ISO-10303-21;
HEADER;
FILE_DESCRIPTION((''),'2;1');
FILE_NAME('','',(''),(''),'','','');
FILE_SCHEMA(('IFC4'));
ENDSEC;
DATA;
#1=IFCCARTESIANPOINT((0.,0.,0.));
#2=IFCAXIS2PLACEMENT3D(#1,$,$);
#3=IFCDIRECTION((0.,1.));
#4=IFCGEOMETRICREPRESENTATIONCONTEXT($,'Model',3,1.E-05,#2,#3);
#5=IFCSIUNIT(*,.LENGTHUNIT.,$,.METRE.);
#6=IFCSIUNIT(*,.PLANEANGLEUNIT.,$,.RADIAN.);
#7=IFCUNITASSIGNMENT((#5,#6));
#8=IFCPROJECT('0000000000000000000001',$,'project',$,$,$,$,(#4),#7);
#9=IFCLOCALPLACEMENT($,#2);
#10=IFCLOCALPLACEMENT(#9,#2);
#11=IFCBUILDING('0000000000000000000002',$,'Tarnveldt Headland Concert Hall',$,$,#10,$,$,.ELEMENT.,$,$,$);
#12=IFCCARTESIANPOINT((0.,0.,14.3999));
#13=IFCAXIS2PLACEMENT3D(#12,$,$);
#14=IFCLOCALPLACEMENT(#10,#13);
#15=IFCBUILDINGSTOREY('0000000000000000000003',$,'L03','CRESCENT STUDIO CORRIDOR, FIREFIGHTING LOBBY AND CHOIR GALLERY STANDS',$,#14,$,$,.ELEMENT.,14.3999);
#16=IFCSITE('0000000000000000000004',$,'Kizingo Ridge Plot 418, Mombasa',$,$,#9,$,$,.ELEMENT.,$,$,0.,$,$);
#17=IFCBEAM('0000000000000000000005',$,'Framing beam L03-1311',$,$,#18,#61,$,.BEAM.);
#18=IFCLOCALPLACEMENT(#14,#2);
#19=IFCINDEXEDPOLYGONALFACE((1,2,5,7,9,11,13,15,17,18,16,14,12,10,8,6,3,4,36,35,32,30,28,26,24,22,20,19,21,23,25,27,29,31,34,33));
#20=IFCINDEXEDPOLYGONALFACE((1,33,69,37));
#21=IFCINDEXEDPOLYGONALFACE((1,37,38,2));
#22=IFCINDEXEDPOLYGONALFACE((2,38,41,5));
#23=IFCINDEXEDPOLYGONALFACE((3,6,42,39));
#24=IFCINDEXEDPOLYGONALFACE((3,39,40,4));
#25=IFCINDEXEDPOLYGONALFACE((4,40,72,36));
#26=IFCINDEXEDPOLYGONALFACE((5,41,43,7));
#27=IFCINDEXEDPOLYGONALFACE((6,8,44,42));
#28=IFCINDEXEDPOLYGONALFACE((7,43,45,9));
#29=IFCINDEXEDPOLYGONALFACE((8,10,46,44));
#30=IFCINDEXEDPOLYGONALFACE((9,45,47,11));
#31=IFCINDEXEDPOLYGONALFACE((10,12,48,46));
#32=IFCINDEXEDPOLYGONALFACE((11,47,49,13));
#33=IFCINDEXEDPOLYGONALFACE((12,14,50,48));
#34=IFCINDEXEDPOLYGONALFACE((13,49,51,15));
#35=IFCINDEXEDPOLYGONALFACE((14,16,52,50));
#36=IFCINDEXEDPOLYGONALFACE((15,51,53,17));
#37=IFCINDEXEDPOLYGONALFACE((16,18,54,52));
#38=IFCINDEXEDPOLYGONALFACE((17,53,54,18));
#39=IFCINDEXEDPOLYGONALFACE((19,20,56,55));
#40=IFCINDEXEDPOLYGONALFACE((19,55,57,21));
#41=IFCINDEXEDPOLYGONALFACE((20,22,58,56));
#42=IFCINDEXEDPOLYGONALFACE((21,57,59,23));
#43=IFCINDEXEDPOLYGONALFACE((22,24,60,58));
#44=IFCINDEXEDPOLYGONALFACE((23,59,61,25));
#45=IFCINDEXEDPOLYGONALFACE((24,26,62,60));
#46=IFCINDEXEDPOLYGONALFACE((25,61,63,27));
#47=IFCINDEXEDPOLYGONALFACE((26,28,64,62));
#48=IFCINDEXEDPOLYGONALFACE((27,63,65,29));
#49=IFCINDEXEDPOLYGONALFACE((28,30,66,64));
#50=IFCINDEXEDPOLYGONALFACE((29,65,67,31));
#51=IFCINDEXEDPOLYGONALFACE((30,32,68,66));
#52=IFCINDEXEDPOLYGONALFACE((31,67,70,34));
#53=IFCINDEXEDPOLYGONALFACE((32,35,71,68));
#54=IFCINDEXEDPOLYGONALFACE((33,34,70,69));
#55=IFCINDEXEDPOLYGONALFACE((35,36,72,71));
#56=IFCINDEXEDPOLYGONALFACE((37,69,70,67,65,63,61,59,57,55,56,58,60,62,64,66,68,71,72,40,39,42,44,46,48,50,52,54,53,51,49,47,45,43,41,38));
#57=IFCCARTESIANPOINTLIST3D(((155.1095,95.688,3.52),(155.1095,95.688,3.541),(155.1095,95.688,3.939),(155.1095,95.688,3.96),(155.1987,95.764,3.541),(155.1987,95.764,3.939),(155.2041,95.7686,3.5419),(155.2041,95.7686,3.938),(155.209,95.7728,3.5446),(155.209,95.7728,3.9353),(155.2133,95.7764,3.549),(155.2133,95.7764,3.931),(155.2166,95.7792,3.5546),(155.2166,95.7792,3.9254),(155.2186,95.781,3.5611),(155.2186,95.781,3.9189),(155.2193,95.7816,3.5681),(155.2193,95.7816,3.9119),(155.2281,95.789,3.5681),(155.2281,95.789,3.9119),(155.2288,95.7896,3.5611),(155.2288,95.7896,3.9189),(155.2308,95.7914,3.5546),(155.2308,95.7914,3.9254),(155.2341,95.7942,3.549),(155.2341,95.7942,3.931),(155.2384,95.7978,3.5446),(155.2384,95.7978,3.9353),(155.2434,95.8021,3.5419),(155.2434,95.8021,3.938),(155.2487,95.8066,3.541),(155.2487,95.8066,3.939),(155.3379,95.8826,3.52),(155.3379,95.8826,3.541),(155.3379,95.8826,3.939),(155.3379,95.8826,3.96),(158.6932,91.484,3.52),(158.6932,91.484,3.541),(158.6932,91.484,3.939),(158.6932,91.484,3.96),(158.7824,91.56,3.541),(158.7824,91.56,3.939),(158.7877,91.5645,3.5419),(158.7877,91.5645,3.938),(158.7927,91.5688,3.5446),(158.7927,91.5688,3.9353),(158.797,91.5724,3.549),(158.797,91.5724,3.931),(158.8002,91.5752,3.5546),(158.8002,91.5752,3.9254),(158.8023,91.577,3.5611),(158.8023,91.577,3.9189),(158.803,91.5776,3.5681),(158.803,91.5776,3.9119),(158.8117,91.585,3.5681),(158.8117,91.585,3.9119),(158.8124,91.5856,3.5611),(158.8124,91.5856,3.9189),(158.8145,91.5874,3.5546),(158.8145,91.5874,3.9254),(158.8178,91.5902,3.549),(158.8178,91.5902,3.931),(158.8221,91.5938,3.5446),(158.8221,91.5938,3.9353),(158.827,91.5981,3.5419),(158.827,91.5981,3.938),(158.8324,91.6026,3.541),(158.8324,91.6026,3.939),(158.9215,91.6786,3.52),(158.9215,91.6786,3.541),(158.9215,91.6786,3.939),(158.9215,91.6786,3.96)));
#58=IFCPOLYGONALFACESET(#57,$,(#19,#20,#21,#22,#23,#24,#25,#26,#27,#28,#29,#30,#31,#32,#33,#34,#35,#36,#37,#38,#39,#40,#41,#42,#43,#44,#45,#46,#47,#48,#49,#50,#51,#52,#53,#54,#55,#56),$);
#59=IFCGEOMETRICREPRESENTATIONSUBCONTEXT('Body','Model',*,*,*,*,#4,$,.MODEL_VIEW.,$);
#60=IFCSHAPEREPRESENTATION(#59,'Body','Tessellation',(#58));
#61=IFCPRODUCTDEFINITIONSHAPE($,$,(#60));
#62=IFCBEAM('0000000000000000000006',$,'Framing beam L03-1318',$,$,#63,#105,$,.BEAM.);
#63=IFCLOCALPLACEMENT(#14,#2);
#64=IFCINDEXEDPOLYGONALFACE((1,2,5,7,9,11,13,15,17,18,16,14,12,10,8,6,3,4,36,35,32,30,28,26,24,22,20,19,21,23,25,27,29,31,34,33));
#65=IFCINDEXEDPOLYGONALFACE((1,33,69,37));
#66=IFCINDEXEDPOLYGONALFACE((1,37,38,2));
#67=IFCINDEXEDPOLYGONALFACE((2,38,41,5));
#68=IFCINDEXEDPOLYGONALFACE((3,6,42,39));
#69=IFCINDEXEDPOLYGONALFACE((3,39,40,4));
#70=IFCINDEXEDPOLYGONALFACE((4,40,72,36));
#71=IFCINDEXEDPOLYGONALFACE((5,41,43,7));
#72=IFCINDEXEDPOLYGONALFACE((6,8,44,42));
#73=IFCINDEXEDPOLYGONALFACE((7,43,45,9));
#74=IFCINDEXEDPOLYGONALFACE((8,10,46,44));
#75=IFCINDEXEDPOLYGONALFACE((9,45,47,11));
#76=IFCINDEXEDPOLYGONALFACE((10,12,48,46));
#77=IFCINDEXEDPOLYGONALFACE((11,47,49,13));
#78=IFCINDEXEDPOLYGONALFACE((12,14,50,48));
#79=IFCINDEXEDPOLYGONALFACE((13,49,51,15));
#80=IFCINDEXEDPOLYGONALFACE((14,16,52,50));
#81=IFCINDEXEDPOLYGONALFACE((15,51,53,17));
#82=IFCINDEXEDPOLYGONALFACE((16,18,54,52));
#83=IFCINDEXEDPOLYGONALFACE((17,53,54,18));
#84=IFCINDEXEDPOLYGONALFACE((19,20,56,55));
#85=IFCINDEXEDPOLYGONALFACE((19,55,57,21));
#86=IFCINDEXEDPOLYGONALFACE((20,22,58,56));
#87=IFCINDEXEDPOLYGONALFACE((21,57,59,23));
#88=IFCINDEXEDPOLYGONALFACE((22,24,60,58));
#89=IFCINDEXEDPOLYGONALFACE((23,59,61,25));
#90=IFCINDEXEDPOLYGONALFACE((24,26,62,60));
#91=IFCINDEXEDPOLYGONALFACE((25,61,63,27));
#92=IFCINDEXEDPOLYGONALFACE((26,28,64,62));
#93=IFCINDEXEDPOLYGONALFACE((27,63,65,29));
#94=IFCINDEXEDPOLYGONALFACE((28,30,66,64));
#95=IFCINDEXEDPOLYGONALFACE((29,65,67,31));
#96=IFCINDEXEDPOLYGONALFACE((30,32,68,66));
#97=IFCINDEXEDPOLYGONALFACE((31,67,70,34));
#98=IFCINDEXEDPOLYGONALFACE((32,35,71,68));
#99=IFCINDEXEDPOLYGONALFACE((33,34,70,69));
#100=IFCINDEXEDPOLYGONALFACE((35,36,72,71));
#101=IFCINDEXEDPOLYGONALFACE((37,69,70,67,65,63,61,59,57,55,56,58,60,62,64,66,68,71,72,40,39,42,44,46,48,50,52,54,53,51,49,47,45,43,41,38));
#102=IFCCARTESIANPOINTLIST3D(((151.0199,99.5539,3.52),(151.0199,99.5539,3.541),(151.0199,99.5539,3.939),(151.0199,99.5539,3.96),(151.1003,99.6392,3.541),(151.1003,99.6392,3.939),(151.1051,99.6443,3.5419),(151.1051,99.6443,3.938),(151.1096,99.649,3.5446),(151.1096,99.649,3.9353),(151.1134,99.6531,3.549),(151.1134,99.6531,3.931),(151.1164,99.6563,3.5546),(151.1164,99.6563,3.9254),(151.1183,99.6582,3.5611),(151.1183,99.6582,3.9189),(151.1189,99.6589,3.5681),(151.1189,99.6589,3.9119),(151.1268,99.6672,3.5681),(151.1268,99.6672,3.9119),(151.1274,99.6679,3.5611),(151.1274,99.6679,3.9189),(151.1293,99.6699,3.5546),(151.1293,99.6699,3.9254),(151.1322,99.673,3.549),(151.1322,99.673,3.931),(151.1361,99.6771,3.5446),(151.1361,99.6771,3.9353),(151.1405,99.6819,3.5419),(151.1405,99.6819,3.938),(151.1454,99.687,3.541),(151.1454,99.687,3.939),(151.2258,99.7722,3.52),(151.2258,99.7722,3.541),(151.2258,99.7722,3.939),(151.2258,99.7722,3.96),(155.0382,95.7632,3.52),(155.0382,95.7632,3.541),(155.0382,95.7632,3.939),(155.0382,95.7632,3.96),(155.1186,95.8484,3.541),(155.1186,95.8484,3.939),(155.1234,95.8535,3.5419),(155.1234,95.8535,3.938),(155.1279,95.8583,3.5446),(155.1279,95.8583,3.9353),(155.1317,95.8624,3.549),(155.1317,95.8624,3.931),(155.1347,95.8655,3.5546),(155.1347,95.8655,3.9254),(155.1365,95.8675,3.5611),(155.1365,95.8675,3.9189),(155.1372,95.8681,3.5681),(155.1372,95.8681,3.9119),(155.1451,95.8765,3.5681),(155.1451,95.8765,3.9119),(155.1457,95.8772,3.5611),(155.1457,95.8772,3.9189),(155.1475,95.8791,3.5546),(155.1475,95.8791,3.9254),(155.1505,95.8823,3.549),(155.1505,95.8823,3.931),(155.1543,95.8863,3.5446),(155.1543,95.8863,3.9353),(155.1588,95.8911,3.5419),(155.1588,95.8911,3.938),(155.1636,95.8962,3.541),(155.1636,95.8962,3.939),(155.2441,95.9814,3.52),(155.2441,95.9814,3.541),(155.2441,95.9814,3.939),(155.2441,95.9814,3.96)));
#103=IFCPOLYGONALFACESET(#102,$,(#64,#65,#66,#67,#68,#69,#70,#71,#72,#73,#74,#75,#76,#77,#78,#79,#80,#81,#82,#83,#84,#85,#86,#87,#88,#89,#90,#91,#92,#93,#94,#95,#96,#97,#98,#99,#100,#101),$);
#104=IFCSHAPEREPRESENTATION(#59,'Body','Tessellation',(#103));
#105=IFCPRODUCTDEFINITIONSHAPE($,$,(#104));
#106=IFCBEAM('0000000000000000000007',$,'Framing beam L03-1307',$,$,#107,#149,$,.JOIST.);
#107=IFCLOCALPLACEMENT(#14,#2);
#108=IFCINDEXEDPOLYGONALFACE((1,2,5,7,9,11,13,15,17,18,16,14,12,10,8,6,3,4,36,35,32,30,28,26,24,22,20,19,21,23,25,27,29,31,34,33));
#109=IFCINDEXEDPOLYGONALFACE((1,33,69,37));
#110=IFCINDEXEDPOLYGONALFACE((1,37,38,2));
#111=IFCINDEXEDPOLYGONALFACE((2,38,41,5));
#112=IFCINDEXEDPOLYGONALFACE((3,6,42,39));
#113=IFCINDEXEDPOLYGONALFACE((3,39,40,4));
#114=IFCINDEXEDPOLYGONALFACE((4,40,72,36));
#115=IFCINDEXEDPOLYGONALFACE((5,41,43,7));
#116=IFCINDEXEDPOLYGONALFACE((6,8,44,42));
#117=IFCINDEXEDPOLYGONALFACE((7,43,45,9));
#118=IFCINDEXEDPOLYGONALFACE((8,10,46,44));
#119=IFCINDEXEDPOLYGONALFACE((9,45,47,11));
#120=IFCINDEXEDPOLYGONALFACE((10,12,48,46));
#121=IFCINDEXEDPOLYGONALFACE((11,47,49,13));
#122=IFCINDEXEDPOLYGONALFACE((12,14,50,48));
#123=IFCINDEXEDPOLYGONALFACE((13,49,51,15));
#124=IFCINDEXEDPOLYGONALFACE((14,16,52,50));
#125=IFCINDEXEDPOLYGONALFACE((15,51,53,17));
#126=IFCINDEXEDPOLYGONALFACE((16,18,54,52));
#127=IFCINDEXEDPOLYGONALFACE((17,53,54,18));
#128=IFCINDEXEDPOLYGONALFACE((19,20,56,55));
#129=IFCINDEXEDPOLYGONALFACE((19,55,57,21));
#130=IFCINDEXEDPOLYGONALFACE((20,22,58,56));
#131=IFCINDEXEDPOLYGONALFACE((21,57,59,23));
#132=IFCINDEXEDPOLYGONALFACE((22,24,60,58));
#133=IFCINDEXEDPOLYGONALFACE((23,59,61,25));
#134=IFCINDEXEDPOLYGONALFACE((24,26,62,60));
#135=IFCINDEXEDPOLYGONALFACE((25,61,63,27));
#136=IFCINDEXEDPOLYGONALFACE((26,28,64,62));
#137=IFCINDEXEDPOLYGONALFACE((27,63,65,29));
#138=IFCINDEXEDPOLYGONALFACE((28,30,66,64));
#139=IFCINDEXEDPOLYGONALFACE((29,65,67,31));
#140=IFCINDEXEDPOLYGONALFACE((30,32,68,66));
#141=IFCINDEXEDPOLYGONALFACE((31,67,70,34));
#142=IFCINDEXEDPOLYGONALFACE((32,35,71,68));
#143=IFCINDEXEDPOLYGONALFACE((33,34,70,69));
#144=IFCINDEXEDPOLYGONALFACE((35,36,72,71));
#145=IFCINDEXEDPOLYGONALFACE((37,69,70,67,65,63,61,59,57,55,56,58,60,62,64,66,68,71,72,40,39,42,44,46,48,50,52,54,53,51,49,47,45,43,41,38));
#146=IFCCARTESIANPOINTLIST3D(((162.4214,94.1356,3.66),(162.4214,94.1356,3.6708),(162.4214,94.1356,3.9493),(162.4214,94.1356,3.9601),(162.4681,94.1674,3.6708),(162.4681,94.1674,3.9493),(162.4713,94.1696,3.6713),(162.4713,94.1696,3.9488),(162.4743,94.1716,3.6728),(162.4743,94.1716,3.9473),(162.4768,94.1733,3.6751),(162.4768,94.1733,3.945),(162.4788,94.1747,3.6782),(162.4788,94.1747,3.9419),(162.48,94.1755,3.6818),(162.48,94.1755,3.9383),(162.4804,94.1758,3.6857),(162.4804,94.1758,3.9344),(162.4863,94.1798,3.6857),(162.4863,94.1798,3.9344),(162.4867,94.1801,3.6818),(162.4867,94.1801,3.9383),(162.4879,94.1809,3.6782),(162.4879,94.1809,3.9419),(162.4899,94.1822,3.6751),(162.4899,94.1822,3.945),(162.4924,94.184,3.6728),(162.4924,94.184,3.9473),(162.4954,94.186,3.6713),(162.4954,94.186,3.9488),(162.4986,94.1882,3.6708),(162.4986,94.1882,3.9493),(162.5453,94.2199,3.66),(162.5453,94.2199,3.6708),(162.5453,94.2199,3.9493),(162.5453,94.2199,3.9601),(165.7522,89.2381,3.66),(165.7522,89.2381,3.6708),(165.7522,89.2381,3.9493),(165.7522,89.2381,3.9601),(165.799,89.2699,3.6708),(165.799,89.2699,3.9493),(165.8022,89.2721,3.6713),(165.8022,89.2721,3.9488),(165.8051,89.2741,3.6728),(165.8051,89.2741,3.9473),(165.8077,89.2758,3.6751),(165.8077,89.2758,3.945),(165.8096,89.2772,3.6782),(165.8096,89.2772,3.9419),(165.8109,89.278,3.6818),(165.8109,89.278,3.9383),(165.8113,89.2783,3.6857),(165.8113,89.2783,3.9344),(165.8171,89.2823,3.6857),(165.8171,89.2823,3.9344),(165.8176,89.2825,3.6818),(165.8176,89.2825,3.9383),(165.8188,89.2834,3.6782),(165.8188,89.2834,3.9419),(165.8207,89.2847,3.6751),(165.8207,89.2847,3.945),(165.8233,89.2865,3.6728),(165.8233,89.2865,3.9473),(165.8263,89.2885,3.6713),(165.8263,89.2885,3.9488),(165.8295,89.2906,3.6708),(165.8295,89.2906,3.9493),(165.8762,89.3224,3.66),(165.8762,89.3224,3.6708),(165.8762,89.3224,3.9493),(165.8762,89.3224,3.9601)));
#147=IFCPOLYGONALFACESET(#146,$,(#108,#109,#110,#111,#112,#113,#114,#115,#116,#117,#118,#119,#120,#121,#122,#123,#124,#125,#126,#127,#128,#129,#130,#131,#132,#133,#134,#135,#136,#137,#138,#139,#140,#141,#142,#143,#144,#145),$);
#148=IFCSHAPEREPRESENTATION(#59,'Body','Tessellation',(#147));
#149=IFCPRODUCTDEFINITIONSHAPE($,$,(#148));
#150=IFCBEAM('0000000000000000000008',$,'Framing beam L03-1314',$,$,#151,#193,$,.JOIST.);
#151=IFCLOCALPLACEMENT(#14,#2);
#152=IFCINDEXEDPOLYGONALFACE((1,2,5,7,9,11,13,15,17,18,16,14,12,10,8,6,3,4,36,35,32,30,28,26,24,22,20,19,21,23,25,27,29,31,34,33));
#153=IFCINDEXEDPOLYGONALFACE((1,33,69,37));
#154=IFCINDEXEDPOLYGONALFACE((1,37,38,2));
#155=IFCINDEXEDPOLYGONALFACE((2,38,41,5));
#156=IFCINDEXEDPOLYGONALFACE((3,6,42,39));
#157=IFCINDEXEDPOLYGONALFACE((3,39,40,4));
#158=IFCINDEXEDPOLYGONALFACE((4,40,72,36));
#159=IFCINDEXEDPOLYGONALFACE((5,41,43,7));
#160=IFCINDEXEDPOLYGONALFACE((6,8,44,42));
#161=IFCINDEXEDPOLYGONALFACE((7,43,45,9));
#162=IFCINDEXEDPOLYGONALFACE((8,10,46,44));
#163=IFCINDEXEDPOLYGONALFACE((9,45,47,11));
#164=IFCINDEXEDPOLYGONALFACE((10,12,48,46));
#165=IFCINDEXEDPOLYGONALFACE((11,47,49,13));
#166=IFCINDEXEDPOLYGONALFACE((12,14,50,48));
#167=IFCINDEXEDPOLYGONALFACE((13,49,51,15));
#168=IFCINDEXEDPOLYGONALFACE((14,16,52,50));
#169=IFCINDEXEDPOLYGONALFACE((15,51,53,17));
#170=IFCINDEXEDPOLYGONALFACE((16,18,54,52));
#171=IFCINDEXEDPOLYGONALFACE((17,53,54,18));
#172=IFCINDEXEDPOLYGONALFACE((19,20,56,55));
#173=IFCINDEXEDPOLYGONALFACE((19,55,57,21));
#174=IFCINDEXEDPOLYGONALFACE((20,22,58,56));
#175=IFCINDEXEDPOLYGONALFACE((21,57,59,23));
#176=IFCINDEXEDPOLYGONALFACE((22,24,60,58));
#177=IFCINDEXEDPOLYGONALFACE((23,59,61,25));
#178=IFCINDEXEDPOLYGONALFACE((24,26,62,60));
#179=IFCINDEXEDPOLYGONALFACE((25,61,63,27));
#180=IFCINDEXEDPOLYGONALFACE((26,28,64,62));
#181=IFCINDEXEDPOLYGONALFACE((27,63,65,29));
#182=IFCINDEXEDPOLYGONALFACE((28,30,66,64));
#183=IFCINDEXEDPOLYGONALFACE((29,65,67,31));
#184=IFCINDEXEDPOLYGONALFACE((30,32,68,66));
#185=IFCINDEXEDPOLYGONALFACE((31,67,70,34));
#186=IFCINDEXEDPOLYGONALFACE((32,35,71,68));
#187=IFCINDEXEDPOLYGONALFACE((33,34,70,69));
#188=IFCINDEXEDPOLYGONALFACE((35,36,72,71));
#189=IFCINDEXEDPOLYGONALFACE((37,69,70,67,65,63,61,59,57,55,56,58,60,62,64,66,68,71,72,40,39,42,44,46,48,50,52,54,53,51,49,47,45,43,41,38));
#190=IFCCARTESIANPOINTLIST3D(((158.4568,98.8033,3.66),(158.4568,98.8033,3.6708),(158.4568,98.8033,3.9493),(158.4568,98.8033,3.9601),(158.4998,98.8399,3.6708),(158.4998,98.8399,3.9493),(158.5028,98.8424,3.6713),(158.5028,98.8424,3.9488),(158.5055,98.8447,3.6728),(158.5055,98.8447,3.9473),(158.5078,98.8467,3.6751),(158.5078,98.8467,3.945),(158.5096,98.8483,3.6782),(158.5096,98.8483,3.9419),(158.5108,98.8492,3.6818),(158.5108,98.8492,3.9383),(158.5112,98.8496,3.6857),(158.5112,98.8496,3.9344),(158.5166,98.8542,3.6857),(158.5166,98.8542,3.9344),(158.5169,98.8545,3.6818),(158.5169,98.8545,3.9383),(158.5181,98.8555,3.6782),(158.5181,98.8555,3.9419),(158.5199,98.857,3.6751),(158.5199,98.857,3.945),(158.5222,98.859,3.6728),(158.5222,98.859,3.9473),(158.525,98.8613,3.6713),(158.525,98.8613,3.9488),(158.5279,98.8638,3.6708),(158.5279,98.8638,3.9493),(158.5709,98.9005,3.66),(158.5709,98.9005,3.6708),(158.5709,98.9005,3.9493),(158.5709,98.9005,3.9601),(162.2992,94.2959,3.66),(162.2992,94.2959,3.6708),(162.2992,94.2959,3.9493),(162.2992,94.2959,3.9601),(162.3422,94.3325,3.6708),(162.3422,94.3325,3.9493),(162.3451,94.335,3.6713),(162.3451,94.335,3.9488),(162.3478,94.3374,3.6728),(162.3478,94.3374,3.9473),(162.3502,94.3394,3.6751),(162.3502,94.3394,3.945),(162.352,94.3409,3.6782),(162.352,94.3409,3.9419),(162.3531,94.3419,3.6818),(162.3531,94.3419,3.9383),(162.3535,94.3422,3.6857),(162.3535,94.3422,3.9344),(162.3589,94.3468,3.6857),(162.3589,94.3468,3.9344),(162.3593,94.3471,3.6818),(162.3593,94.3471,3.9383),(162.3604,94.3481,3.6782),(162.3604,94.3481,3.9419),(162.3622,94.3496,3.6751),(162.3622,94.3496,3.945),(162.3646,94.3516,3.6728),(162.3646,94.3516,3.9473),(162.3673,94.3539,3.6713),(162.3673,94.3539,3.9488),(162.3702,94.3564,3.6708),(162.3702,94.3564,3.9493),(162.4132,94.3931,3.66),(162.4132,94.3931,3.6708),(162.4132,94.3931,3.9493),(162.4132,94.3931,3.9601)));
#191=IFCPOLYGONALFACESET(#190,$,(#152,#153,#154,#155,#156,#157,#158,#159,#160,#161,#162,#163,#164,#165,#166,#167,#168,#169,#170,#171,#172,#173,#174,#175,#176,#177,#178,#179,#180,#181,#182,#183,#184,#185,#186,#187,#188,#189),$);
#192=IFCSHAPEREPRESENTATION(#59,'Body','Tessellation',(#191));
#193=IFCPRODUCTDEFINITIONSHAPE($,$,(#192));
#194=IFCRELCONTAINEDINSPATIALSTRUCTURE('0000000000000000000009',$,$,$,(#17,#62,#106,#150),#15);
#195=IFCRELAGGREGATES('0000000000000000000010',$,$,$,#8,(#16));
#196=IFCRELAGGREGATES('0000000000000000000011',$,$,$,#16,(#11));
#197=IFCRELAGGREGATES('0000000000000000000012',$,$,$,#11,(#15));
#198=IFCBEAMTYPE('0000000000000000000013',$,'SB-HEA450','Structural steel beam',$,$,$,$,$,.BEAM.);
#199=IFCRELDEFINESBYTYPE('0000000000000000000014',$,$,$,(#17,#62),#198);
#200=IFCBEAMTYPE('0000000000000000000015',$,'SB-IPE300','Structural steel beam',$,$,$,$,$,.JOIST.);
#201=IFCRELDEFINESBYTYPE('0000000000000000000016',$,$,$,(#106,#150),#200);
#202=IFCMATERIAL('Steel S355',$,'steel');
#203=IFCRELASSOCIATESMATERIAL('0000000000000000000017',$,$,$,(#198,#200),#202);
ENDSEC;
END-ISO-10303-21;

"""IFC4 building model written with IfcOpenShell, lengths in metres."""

from ifc_helpers import new_model, si_unit, direction, frame, origin, origin_2d, place, context, subcontext, project, spatial, i_section, extrude, material, material_profile, profile_set, type_object, element, save


model = new_model("IFC4")

# Units and contexts
model_context = context("Model", 3, precision=1e-05, world=origin(), true_north=direction((0.0, 1.0)))
body_context = subcontext(model_context, "Body", "Model", "MODEL_VIEW")
ifc_project = project(units=[si_unit("LENGTHUNIT", "METRE"), si_unit("PLANEANGLEUNIT", "RADIAN")], contexts=[model_context])

# Site, building, storey
site_placement = place(None, origin())
site = spatial("IfcSite", under=ifc_project, at=site_placement, Name="Kizingo Ridge Plot 418, Mombasa", CompositionType="ELEMENT", RefElevation=0.0)
building_placement = place(site_placement, origin())
building = spatial("IfcBuilding", under=site, at=building_placement, Name="Tarnveldt Headland Concert Hall", CompositionType="ELEMENT")
storey_placement = place(building_placement, frame((0.0, 0.0, 14.3999)))
storey = spatial("IfcBuildingStorey", under=building, at=storey_placement, Name="L03", Description="CRESCENT STUDIO CORRIDOR, FIREFIGHTING LOBBY AND CHOIR GALLERY STANDS", CompositionType="ELEMENT", Elevation=14.3999)

# Shared definitions
ifc_material_1 = material(Name="Steel S355", Category="steel")

# Beams
ifc_material_profile_1 = material_profile(ifc_material_1, i_section(OverallWidth=0.3, OverallDepth=0.4399, WebThickness=0.0115, FlangeThickness=0.021, FilletRadius=0.0271, at=origin_2d()), Name="HEA450", Category="steel")
ifc_profile_set_1 = profile_set([ifc_material_profile_1], Name="Steel S355")
beam_type_1 = type_object("IfcBeamType", Name="SB-HEA450", Description="Structural steel beam", PredefinedType="BEAM", material=ifc_profile_set_1)
for number, where, z_axis, x_axis, name in (
    (1, (158.8074, 91.5813, 3.74), (-0.648725, 0.761023, 0.0), (-0.761023, -0.648725, 0.0), "Framing beam L03-1311"),
    (2, (155.1411, 95.8723, 3.74), (-0.727402, 0.686212, 0.0), (-0.686212, -0.727402, 0.0), "Framing beam L03-1318"),
):
    element("IfcBeam", number, at=place(storey_placement, frame(where, z_axis=z_axis, x_axis=x_axis)), inside=storey, type_object=beam_type_1, Name=name, PredefinedType="BEAM", context=body_context, shape_type="SweptSolid", body=[
        extrude(i_section(OverallWidth=0.3, OverallDepth=0.4399, WebThickness=0.0115, FlangeThickness=0.021, FilletRadius=0.0271, at=origin_2d()), origin(), (0.0, 0.0, 1.0), 5.5242),
    ])
ifc_material_profile_2 = material_profile(ifc_material_1, i_section(OverallWidth=0.1499, OverallDepth=0.3, WebThickness=0.0071, FlangeThickness=0.0107, FilletRadius=0.0149, at=origin_2d()), Name="IPE300", Category="steel")
ifc_profile_set_2 = profile_set([ifc_material_profile_2], Name="Steel S355")
beam_type_2 = type_object("IfcBeamType", Name="SB-IPE300", Description="Structural steel beam", PredefinedType="JOIST", material=ifc_profile_set_2)
for number, where, z_axis, x_axis, name in (
    (3, (165.8142, 89.2803, 3.8101), (-0.562372, 0.826884, 0.0), (-0.826884, -0.562372, 0.0), "Framing beam L03-1307"),
    (4, (162.3562, 94.3445, 3.8101), (-0.648732, 0.761017, 0.0), (-0.761017, -0.648732, 0.0), "Framing beam L03-1314"),
):
    element("IfcBeam", number, at=place(storey_placement, frame(where, z_axis=z_axis, x_axis=x_axis)), inside=storey, type_object=beam_type_2, Name=name, PredefinedType="JOIST", context=body_context, shape_type="SweptSolid", body=[
        extrude(i_section(OverallWidth=0.1499, OverallDepth=0.3, WebThickness=0.0071, FlangeThickness=0.0107, FilletRadius=0.0149, at=origin_2d()), origin(), (0.0, 0.0, 1.0), 5.9229),
    ])

save(model, "model.ifc")
